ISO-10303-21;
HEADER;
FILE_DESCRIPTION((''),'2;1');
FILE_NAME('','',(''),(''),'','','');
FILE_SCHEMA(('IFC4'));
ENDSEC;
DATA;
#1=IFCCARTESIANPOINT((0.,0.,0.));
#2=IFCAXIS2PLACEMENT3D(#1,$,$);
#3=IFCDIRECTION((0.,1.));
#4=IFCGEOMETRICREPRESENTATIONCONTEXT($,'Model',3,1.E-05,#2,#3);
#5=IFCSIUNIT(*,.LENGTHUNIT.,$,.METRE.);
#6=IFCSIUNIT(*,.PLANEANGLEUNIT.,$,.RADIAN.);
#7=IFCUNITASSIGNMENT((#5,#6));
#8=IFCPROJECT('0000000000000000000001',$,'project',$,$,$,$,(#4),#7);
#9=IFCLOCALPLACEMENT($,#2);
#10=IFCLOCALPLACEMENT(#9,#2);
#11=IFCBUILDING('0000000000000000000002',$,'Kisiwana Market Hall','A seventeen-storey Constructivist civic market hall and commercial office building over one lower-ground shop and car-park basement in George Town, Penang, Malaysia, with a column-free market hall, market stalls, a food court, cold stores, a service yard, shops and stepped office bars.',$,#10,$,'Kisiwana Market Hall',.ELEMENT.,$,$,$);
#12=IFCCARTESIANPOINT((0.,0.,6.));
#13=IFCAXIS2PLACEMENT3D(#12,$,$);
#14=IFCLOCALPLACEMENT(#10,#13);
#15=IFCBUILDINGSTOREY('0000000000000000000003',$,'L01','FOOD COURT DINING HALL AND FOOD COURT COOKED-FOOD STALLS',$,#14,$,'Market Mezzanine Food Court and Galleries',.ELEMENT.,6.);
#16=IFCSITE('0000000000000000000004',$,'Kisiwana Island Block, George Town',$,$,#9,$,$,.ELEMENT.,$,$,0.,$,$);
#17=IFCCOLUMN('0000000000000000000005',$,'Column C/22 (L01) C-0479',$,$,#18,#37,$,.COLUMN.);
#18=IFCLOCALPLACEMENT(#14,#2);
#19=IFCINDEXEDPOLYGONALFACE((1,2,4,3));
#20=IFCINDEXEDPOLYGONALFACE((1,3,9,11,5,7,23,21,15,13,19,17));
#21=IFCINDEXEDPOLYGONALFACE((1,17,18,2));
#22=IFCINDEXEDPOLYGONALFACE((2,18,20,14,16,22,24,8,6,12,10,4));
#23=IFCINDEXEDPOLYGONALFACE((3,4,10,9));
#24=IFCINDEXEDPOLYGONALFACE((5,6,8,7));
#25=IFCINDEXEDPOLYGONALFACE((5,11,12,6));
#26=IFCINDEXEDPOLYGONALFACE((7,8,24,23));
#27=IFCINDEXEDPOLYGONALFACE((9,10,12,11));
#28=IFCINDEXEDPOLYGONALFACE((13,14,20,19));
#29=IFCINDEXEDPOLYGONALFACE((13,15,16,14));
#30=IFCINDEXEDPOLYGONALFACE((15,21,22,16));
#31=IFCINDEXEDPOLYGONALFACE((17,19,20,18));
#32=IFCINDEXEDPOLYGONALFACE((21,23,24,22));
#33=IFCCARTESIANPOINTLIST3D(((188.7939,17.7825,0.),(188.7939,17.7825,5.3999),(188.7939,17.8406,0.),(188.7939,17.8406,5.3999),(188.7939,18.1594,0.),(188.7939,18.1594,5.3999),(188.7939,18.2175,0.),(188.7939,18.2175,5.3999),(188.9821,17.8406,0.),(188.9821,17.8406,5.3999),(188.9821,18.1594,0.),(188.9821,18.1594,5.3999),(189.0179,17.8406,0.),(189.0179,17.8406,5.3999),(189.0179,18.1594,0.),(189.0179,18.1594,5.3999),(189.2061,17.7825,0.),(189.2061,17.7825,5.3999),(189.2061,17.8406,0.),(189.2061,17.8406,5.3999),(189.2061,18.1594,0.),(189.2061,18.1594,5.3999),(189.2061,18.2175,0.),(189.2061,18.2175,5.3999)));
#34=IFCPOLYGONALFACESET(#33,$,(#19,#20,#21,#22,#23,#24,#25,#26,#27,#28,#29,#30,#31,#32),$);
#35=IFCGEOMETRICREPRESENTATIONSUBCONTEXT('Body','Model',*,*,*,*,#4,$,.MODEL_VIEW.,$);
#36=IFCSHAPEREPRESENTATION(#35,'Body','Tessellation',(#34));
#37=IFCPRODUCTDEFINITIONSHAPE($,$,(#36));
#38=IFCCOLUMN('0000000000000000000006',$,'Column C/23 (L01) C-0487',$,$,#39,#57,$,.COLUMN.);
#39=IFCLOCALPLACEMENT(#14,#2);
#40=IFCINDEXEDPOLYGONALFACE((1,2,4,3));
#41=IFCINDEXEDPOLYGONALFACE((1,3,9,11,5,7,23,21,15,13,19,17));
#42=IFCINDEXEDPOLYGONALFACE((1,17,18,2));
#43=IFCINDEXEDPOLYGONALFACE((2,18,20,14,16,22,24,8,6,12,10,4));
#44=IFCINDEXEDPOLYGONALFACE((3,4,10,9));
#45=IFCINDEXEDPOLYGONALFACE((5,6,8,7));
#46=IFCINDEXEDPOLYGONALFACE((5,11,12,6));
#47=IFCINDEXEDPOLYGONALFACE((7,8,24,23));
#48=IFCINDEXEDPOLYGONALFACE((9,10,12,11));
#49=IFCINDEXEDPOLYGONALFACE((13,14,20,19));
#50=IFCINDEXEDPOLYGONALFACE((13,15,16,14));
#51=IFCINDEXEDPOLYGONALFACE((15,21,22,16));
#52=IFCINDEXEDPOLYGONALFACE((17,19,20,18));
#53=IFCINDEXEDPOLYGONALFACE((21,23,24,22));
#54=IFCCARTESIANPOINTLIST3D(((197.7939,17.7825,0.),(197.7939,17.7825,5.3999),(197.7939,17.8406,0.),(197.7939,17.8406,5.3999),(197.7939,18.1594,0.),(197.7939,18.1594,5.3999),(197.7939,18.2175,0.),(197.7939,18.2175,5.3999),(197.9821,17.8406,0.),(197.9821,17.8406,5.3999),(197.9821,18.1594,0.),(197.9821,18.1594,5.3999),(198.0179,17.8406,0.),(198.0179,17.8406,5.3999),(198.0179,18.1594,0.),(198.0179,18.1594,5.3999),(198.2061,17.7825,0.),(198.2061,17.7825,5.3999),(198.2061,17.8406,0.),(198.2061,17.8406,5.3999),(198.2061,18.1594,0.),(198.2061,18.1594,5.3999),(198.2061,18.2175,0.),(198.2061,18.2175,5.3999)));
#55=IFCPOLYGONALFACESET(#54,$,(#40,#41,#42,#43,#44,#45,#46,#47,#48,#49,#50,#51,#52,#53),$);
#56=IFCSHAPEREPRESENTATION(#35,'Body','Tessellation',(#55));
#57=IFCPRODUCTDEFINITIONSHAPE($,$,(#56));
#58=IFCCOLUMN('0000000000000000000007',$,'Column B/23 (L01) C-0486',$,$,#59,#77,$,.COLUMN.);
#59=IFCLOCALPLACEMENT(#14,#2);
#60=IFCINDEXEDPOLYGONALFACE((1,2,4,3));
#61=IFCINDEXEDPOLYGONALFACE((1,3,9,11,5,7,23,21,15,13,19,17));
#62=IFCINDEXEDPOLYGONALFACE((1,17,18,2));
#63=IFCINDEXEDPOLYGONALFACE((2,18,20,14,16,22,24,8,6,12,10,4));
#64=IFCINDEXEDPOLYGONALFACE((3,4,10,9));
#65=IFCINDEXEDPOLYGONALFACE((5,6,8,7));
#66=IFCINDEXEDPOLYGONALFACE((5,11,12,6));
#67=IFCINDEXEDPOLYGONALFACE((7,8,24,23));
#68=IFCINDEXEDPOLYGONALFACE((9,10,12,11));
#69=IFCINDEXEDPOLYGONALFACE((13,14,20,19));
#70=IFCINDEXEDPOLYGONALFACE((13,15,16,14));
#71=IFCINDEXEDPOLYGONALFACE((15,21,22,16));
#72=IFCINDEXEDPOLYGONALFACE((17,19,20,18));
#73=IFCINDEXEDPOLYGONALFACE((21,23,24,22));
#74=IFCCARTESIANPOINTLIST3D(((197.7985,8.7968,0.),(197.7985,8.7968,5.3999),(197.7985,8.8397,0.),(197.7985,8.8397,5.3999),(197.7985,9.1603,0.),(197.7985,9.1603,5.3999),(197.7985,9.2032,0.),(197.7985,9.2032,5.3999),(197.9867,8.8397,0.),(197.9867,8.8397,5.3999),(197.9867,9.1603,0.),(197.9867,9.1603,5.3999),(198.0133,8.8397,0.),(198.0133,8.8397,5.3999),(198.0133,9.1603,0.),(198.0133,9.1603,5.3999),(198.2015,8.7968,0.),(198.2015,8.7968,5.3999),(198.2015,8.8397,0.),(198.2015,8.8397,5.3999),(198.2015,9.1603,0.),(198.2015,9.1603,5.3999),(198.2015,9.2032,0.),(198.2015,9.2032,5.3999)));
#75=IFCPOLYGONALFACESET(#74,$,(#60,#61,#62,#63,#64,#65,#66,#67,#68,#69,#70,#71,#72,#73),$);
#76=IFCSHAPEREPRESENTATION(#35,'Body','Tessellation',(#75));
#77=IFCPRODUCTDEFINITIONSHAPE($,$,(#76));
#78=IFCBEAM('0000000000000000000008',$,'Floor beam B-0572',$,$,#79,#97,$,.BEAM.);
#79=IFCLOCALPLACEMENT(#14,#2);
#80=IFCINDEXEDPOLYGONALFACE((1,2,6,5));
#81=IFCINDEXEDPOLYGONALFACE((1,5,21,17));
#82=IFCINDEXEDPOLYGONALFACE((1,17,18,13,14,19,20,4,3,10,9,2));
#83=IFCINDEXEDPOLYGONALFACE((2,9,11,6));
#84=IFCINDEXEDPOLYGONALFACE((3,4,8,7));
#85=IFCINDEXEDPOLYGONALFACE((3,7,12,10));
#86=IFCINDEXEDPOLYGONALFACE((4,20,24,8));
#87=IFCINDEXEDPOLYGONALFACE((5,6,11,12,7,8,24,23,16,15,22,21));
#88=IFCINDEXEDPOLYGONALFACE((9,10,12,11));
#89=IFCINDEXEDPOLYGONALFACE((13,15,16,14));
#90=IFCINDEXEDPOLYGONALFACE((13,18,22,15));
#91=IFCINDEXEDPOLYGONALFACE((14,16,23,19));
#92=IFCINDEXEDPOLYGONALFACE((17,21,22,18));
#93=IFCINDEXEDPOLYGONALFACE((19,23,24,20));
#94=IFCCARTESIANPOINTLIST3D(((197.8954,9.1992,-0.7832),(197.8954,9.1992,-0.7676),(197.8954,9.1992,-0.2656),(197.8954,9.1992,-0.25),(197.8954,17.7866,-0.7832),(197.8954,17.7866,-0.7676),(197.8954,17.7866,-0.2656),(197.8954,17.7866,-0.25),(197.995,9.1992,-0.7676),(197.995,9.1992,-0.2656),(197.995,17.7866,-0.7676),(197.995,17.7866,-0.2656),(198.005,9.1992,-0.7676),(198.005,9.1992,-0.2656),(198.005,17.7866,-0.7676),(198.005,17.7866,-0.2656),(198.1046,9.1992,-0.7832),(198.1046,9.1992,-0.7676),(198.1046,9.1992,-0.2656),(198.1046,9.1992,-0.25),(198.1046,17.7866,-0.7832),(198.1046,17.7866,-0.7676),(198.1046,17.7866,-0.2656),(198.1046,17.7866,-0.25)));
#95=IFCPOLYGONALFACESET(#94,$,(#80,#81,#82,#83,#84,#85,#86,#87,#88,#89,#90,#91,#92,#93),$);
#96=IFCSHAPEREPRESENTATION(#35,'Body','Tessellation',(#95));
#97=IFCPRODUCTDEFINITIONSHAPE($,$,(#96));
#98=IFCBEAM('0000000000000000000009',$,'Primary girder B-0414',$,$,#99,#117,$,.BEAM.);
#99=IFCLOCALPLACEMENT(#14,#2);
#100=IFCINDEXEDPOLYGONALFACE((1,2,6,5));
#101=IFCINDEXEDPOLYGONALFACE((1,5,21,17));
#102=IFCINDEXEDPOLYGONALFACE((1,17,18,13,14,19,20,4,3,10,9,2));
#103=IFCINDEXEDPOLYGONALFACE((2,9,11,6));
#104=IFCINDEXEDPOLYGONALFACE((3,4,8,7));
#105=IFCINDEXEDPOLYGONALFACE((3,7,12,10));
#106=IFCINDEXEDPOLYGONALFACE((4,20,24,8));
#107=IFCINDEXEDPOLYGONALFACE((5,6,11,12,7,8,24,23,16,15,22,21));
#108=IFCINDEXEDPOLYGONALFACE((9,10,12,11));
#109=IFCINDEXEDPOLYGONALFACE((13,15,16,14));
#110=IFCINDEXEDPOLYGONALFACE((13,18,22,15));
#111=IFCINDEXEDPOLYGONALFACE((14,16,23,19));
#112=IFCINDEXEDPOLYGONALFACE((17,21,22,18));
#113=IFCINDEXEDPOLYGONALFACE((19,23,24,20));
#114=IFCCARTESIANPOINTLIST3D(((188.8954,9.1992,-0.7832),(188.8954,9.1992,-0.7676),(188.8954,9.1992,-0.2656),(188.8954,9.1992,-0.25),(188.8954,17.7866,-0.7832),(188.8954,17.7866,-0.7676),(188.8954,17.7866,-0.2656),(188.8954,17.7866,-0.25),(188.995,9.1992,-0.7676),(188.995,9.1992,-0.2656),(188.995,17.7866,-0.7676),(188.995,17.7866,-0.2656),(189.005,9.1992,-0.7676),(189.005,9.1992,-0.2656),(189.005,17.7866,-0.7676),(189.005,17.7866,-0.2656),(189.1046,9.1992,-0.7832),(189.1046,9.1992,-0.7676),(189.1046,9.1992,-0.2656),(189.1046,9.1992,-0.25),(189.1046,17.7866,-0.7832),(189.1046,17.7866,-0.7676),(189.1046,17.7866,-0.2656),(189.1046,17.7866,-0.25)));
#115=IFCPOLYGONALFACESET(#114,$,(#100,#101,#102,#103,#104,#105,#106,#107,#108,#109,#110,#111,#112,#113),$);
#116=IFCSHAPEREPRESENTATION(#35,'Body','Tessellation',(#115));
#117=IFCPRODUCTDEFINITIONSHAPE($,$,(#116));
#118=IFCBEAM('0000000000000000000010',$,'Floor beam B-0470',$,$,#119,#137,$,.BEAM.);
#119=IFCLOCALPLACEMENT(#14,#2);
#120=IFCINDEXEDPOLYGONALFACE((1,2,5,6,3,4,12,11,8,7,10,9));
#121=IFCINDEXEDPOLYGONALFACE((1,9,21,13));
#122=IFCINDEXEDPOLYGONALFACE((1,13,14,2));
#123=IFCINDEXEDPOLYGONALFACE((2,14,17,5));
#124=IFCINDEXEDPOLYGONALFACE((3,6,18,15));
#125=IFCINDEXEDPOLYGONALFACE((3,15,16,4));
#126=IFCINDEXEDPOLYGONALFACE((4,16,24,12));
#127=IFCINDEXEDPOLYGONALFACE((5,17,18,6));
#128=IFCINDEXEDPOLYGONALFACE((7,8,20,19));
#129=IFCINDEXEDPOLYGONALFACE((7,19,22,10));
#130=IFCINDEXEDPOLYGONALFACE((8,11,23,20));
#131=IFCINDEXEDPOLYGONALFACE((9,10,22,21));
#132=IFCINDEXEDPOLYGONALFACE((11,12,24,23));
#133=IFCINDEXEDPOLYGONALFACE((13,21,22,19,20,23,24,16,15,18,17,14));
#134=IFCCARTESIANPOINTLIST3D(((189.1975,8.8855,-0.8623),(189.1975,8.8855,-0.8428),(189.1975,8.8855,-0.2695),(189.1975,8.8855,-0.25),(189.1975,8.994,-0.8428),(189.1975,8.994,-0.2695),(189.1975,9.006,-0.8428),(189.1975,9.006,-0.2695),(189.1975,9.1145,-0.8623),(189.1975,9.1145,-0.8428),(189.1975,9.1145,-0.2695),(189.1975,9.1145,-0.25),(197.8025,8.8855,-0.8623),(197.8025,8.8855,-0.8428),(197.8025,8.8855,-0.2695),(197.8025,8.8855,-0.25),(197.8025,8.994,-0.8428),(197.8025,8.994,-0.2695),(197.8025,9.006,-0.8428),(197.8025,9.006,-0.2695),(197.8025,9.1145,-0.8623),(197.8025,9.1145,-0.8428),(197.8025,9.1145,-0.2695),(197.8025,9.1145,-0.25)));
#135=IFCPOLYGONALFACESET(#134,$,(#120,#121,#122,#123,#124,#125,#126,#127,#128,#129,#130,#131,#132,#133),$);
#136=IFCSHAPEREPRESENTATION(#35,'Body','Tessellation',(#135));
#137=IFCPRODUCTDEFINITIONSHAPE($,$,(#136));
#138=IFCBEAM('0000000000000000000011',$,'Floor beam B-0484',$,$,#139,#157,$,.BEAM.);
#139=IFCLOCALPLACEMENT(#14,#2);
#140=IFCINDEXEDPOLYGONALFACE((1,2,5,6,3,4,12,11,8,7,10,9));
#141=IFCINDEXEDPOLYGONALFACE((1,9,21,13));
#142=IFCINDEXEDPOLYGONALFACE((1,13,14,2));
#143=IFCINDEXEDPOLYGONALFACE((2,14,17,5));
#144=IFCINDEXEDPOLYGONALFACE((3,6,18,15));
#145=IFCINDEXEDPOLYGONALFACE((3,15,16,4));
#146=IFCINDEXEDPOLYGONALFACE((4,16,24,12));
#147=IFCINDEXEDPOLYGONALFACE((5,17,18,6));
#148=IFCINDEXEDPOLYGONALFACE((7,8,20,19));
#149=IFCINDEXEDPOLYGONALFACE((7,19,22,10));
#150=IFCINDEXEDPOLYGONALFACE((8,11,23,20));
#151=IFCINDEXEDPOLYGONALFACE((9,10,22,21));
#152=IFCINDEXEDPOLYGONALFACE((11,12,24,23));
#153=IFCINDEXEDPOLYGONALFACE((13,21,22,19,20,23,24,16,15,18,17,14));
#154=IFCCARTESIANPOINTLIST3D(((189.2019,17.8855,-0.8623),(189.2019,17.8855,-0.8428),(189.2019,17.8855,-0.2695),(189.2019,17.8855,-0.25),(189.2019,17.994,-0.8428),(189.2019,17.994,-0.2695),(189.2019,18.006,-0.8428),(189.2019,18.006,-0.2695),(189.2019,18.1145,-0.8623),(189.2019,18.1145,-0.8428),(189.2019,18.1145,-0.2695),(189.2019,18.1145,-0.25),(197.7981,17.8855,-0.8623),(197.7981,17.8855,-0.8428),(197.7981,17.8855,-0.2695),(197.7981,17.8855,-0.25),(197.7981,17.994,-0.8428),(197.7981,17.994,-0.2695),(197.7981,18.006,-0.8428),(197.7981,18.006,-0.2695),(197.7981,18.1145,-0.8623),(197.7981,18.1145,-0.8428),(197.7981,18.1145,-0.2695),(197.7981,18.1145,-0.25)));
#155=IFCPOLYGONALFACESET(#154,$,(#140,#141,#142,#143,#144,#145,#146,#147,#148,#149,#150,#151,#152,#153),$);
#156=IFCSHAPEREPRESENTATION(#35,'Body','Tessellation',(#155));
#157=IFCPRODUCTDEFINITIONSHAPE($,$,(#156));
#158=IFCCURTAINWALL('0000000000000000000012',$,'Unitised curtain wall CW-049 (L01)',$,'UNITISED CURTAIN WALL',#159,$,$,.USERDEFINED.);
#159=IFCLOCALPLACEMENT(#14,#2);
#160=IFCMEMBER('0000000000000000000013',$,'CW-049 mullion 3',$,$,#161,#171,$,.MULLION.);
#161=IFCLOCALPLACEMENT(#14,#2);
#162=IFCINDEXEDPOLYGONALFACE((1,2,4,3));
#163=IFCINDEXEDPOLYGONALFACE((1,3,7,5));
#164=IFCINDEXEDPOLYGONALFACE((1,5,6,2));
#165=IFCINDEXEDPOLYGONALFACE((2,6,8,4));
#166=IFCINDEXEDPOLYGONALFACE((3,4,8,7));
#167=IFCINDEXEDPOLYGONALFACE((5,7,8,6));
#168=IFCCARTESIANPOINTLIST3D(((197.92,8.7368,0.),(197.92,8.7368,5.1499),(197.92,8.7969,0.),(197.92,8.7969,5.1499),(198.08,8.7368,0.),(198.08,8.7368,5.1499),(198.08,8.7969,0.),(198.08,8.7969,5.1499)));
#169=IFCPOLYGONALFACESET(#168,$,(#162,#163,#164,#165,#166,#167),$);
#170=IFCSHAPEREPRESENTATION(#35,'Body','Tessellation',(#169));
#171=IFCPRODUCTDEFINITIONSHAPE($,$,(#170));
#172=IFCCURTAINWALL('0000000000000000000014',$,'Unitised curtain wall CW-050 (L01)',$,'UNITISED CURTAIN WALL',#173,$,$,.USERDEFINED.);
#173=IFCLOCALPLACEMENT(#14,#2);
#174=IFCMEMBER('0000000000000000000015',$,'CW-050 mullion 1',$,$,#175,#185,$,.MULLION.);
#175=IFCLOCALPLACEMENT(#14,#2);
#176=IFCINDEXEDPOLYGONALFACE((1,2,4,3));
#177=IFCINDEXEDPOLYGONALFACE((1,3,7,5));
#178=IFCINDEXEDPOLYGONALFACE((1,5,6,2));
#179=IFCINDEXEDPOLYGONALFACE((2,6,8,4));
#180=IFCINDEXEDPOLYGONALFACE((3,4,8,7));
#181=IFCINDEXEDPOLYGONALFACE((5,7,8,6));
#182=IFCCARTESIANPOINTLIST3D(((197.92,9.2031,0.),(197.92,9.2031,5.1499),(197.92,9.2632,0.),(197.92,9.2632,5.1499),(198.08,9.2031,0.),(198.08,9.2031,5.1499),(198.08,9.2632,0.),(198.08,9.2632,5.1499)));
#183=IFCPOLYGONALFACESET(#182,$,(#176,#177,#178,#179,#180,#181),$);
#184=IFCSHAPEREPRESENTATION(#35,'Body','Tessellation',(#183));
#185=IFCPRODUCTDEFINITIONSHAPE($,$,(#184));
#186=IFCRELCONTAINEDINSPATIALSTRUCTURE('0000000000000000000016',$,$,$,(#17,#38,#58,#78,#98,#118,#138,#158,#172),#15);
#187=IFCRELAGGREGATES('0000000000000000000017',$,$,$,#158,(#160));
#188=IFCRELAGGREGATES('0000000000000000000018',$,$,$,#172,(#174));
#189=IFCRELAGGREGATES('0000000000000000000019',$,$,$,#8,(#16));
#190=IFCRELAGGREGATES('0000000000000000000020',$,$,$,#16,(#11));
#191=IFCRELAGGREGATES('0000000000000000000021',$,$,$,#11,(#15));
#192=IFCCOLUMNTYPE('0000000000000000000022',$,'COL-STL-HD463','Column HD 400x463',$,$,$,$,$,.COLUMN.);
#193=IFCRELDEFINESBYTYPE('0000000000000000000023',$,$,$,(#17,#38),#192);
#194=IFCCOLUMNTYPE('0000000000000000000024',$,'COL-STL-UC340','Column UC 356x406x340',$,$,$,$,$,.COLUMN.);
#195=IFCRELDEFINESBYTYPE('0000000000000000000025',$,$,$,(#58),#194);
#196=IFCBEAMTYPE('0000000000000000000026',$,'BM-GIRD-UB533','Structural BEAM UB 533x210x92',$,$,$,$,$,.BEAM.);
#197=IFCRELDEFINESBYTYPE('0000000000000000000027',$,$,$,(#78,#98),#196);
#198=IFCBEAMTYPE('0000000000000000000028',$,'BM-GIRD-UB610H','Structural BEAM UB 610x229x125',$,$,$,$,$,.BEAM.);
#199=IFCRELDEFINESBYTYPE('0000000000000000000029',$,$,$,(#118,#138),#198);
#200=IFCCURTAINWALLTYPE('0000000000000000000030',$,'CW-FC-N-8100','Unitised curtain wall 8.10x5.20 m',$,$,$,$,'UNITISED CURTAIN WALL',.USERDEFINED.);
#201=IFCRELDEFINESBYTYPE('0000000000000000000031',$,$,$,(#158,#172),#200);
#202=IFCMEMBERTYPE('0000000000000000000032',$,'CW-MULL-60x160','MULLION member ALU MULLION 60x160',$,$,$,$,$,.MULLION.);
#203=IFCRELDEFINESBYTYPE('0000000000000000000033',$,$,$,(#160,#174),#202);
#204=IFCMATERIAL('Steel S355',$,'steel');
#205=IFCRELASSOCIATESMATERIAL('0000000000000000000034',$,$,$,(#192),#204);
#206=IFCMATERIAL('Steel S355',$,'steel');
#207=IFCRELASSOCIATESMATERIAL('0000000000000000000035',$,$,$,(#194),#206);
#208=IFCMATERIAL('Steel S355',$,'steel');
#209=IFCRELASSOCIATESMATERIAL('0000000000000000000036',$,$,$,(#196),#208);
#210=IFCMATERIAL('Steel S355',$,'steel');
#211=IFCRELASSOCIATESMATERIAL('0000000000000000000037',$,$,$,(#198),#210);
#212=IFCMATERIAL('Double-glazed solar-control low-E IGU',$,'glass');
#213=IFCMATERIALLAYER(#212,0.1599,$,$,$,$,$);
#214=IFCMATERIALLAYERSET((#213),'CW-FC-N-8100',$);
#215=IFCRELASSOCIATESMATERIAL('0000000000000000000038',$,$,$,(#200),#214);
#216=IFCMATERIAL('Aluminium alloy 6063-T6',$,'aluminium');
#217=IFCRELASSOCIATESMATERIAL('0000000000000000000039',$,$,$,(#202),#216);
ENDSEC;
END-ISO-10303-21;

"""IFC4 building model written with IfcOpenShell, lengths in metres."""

from ifc_helpers import new_model, si_unit, direction, frame, origin, origin_2d, place, context, subcontext, project, spatial, rectangle, i_section, extrude, material, layer, layer_set, material_profile, profile_set, type_object, element, aggregate, save


model = new_model("IFC4")

# Units and contexts
model_context = context("Model", 3, precision=1e-05, world=origin(), true_north=direction((0.0, 1.0)))
body_context = subcontext(model_context, "Body", "Model", "MODEL_VIEW")
ifc_project = project(units=[si_unit("LENGTHUNIT", "METRE"), si_unit("PLANEANGLEUNIT", "RADIAN")], contexts=[model_context])

# Site, building, storey
site_placement = place(None, origin())
site = spatial("IfcSite", under=ifc_project, at=site_placement, Name="Kisiwana Island Block, George Town", CompositionType="ELEMENT", RefElevation=0.0)
building_placement = place(site_placement, origin())
building = spatial("IfcBuilding", under=site, at=building_placement, Name="Kisiwana Market Hall", Description="A seventeen-storey Constructivist civic market hall and commercial office building over one lower-ground shop and car-park basement in George Town, Penang, Malaysia, with a column-free market hall, market stalls, a food court, cold stores, a service yard, shops and stepped office bars.", LongName="Kisiwana Market Hall", CompositionType="ELEMENT")
storey_placement = place(building_placement, frame((0.0, 0.0, 6.0)))
storey = spatial("IfcBuildingStorey", under=building, at=storey_placement, Name="L01", Description="FOOD COURT DINING HALL AND FOOD COURT COOKED-FOOD STALLS", LongName="Market Mezzanine Food Court and Galleries", CompositionType="ELEMENT", Elevation=6.0)

# Columns
ifc_material_1 = material(Name="Steel S355", Category="steel")
ifc_material_profile_1 = material_profile(ifc_material_1, i_section(OverallWidth=0.4121, OverallDepth=0.4351, WebThickness=0.0359, FlangeThickness=0.0581, at=origin_2d()), Name="HD 400x463")
ifc_profile_set_1 = profile_set([ifc_material_profile_1], Name="Steel S355")
column_type_1 = type_object("IfcColumnType", Name="COL-STL-HD463", Description="Column HD 400x463", PredefinedType="COLUMN", material=ifc_profile_set_1)
for number, where, z_axis, x_axis, name in (
    (1, (189.0, 18.0, 0.0), (0.0, 0.0, 1.0), (1.0, 0.0, 0.0), "Column C/22 (L01) C-0479"),
    (2, (198.0, 18.0, 0.0), (0.0, 0.0, 1.0), (1.0, 0.0, 0.0), "Column C/23 (L01) C-0487"),
):
    element("IfcColumn", number, at=place(storey_placement, frame(where, z_axis=z_axis, x_axis=x_axis)), inside=storey, type_object=column_type_1, Name=name, PredefinedType="COLUMN", context=body_context, shape_type="SweptSolid", body=[
        extrude(i_section(OverallWidth=0.4121, OverallDepth=0.4351, WebThickness=0.0359, FlangeThickness=0.0581, at=origin_2d()), origin(), (0.0, 0.0, 1.0), 5.3999),
    ])
ifc_material_2 = material(Name="Steel S355", Category="steel")
ifc_material_profile_2 = material_profile(ifc_material_2, i_section(OverallWidth=0.4031, OverallDepth=0.4065, WebThickness=0.0266, FlangeThickness=0.043, at=origin_2d()), Name="UC 356x406x340")
ifc_profile_set_2 = profile_set([ifc_material_profile_2], Name="Steel S355")
column_type_2 = type_object("IfcColumnType", Name="COL-STL-UC340", Description="Column UC 356x406x340", PredefinedType="COLUMN", material=ifc_profile_set_2)
column_placement = place(storey_placement, frame((198.0, 9.0, 0.0), z_axis=(0.0, 0.0, 1.0), x_axis=(1.0, 0.0, 0.0)))
element("IfcColumn", 3, at=column_placement, inside=storey, type_object=column_type_2, Name="Column B/23 (L01) C-0486", PredefinedType="COLUMN", context=body_context, shape_type="SweptSolid", body=[
    extrude(i_section(OverallWidth=0.4031, OverallDepth=0.4065, WebThickness=0.0266, FlangeThickness=0.043, at=origin_2d()), origin(), (0.0, 0.0, 1.0), 5.3999),
])

# Beams
ifc_material_3 = material(Name="Steel S355", Category="steel")
ifc_material_profile_3 = material_profile(ifc_material_3, i_section(OverallWidth=0.2092, OverallDepth=0.5332, WebThickness=0.01, FlangeThickness=0.0156, at=origin_2d()), Name="UB 533x210x92")
ifc_profile_set_3 = profile_set([ifc_material_profile_3], Name="Steel S355")
beam_type_1 = type_object("IfcBeamType", Name="BM-GIRD-UB533", Description="Structural BEAM UB 533x210x92", PredefinedType="BEAM", material=ifc_profile_set_3)
for number, where, z_axis, x_axis, name in (
    (4, (198.0, 9.1992, -0.5166), (0.0, 1.0, 0.0), (-1.0, 0.0, 0.0), "Floor beam B-0572"),
    (5, (189.0, 9.1992, -0.5166), (0.0, 1.0, 0.0), (-1.0, 0.0, 0.0), "Primary girder B-0414"),
):
    element("IfcBeam", number, at=place(storey_placement, frame(where, z_axis=z_axis, x_axis=x_axis)), inside=storey, type_object=beam_type_1, Name=name, PredefinedType="BEAM", context=body_context, shape_type="SweptSolid", body=[
        extrude(i_section(OverallWidth=0.2092, OverallDepth=0.5332, WebThickness=0.01, FlangeThickness=0.0156, at=origin_2d()), origin(), (0.0, 0.0, 1.0), 8.5874),
    ])
ifc_material_4 = material(Name="Steel S355", Category="steel")
ifc_material_profile_4 = material_profile(ifc_material_4, i_section(OverallWidth=0.229, OverallDepth=0.6123, WebThickness=0.012, FlangeThickness=0.0195, at=origin_2d()), Name="UB 610x229x125")
ifc_profile_set_4 = profile_set([ifc_material_profile_4], Name="Steel S355")
beam_type_2 = type_object("IfcBeamType", Name="BM-GIRD-UB610H", Description="Structural BEAM UB 610x229x125", PredefinedType="BEAM", material=ifc_profile_set_4)
beam_1_placement = place(storey_placement, frame((189.1975, 9.0, -0.5562), z_axis=(1.0, 0.0, 0.0), x_axis=(0.0, 1.0, 0.0)))
element("IfcBeam", 6, at=beam_1_placement, inside=storey, type_object=beam_type_2, Name="Floor beam B-0470", PredefinedType="BEAM", context=body_context, shape_type="SweptSolid", body=[
    extrude(i_section(OverallWidth=0.229, OverallDepth=0.6123, WebThickness=0.012, FlangeThickness=0.0195, at=origin_2d()), origin(), (0.0, 0.0, 1.0), 8.605),
])
beam_2_placement = place(storey_placement, frame((189.2019, 18.0, -0.5562), z_axis=(1.0, 0.0, 0.0), x_axis=(0.0, 1.0, 0.0)))
element("IfcBeam", 7, at=beam_2_placement, inside=storey, type_object=beam_type_2, Name="Floor beam B-0484", PredefinedType="BEAM", context=body_context, shape_type="SweptSolid", body=[
    extrude(i_section(OverallWidth=0.229, OverallDepth=0.6123, WebThickness=0.012, FlangeThickness=0.0195, at=origin_2d()), origin(), (0.0, 0.0, 1.0), 8.5962),
])

# Curtain wall, member
ifc_material_5 = material(Name="Double-glazed solar-control low-E IGU", Category="glass")
ifc_layer_1 = layer(ifc_material_5, 0.1599)
ifc_layer_set_1 = layer_set([ifc_layer_1], Name="CW-FC-N-8100")
curtain_wall_type = type_object("IfcCurtainWallType", Name="CW-FC-N-8100", Description="Unitised curtain wall 8.10x5.20 m", ElementType="UNITISED CURTAIN WALL", PredefinedType="USERDEFINED", material=ifc_layer_set_1)
curtain_wall_1_placement = place(storey_placement, origin())
curtain_wall_1 = element("IfcCurtainWall", 8, at=curtain_wall_1_placement, inside=storey, type_object=curtain_wall_type, Name="Unitised curtain wall CW-049 (L01)", ObjectType="UNITISED CURTAIN WALL", PredefinedType="USERDEFINED")
ifc_material_6 = material(Name="Aluminium alloy 6063-T6", Category="aluminium")
ifc_material_profile_5 = material_profile(ifc_material_6, rectangle(XDim=0.0601, YDim=0.1599, at=origin_2d()), Name="ALU MULLION 60x160")
ifc_profile_set_5 = profile_set([ifc_material_profile_5], Name="Aluminium alloy 6063-T6")
member_type_1 = type_object("IfcMemberType", Name="CW-MULL-60x160", Description="MULLION member ALU MULLION 60x160", PredefinedType="MULLION", material=ifc_profile_set_5)
member_1_placement = place(storey_placement, frame((198.0, 8.7668, 0.0), z_axis=(0.0, 0.0, 1.0), x_axis=(0.0, 1.0, 0.0)))
member_1 = element("IfcMember", 9, at=member_1_placement, type_object=member_type_1, Name="CW-049 mullion 3", PredefinedType="MULLION", context=body_context, shape_type="SweptSolid", body=[
    extrude(rectangle(XDim=0.0601, YDim=0.1599, at=origin_2d()), origin(), (0.0, 0.0, 1.0), 5.1499),
])

# Curtain wall, member
curtain_wall_2_placement = place(storey_placement, origin())
curtain_wall_2 = element("IfcCurtainWall", 10, at=curtain_wall_2_placement, inside=storey, type_object=curtain_wall_type, Name="Unitised curtain wall CW-050 (L01)", ObjectType="UNITISED CURTAIN WALL", PredefinedType="USERDEFINED")
member_2_placement = place(storey_placement, frame((198.0, 9.2332, 0.0), z_axis=(0.0, 0.0, 1.0), x_axis=(0.0, 1.0, 0.0)))
member_2 = element("IfcMember", 11, at=member_2_placement, type_object=member_type_1, Name="CW-050 mullion 1", PredefinedType="MULLION", context=body_context, shape_type="SweptSolid", body=[
    extrude(rectangle(XDim=0.0601, YDim=0.1599, at=origin_2d()), origin(), (0.0, 0.0, 1.0), 5.1499),
])

aggregate(curtain_wall_1, [member_1])
aggregate(curtain_wall_2, [member_2])

save(model, "model.ifc")
